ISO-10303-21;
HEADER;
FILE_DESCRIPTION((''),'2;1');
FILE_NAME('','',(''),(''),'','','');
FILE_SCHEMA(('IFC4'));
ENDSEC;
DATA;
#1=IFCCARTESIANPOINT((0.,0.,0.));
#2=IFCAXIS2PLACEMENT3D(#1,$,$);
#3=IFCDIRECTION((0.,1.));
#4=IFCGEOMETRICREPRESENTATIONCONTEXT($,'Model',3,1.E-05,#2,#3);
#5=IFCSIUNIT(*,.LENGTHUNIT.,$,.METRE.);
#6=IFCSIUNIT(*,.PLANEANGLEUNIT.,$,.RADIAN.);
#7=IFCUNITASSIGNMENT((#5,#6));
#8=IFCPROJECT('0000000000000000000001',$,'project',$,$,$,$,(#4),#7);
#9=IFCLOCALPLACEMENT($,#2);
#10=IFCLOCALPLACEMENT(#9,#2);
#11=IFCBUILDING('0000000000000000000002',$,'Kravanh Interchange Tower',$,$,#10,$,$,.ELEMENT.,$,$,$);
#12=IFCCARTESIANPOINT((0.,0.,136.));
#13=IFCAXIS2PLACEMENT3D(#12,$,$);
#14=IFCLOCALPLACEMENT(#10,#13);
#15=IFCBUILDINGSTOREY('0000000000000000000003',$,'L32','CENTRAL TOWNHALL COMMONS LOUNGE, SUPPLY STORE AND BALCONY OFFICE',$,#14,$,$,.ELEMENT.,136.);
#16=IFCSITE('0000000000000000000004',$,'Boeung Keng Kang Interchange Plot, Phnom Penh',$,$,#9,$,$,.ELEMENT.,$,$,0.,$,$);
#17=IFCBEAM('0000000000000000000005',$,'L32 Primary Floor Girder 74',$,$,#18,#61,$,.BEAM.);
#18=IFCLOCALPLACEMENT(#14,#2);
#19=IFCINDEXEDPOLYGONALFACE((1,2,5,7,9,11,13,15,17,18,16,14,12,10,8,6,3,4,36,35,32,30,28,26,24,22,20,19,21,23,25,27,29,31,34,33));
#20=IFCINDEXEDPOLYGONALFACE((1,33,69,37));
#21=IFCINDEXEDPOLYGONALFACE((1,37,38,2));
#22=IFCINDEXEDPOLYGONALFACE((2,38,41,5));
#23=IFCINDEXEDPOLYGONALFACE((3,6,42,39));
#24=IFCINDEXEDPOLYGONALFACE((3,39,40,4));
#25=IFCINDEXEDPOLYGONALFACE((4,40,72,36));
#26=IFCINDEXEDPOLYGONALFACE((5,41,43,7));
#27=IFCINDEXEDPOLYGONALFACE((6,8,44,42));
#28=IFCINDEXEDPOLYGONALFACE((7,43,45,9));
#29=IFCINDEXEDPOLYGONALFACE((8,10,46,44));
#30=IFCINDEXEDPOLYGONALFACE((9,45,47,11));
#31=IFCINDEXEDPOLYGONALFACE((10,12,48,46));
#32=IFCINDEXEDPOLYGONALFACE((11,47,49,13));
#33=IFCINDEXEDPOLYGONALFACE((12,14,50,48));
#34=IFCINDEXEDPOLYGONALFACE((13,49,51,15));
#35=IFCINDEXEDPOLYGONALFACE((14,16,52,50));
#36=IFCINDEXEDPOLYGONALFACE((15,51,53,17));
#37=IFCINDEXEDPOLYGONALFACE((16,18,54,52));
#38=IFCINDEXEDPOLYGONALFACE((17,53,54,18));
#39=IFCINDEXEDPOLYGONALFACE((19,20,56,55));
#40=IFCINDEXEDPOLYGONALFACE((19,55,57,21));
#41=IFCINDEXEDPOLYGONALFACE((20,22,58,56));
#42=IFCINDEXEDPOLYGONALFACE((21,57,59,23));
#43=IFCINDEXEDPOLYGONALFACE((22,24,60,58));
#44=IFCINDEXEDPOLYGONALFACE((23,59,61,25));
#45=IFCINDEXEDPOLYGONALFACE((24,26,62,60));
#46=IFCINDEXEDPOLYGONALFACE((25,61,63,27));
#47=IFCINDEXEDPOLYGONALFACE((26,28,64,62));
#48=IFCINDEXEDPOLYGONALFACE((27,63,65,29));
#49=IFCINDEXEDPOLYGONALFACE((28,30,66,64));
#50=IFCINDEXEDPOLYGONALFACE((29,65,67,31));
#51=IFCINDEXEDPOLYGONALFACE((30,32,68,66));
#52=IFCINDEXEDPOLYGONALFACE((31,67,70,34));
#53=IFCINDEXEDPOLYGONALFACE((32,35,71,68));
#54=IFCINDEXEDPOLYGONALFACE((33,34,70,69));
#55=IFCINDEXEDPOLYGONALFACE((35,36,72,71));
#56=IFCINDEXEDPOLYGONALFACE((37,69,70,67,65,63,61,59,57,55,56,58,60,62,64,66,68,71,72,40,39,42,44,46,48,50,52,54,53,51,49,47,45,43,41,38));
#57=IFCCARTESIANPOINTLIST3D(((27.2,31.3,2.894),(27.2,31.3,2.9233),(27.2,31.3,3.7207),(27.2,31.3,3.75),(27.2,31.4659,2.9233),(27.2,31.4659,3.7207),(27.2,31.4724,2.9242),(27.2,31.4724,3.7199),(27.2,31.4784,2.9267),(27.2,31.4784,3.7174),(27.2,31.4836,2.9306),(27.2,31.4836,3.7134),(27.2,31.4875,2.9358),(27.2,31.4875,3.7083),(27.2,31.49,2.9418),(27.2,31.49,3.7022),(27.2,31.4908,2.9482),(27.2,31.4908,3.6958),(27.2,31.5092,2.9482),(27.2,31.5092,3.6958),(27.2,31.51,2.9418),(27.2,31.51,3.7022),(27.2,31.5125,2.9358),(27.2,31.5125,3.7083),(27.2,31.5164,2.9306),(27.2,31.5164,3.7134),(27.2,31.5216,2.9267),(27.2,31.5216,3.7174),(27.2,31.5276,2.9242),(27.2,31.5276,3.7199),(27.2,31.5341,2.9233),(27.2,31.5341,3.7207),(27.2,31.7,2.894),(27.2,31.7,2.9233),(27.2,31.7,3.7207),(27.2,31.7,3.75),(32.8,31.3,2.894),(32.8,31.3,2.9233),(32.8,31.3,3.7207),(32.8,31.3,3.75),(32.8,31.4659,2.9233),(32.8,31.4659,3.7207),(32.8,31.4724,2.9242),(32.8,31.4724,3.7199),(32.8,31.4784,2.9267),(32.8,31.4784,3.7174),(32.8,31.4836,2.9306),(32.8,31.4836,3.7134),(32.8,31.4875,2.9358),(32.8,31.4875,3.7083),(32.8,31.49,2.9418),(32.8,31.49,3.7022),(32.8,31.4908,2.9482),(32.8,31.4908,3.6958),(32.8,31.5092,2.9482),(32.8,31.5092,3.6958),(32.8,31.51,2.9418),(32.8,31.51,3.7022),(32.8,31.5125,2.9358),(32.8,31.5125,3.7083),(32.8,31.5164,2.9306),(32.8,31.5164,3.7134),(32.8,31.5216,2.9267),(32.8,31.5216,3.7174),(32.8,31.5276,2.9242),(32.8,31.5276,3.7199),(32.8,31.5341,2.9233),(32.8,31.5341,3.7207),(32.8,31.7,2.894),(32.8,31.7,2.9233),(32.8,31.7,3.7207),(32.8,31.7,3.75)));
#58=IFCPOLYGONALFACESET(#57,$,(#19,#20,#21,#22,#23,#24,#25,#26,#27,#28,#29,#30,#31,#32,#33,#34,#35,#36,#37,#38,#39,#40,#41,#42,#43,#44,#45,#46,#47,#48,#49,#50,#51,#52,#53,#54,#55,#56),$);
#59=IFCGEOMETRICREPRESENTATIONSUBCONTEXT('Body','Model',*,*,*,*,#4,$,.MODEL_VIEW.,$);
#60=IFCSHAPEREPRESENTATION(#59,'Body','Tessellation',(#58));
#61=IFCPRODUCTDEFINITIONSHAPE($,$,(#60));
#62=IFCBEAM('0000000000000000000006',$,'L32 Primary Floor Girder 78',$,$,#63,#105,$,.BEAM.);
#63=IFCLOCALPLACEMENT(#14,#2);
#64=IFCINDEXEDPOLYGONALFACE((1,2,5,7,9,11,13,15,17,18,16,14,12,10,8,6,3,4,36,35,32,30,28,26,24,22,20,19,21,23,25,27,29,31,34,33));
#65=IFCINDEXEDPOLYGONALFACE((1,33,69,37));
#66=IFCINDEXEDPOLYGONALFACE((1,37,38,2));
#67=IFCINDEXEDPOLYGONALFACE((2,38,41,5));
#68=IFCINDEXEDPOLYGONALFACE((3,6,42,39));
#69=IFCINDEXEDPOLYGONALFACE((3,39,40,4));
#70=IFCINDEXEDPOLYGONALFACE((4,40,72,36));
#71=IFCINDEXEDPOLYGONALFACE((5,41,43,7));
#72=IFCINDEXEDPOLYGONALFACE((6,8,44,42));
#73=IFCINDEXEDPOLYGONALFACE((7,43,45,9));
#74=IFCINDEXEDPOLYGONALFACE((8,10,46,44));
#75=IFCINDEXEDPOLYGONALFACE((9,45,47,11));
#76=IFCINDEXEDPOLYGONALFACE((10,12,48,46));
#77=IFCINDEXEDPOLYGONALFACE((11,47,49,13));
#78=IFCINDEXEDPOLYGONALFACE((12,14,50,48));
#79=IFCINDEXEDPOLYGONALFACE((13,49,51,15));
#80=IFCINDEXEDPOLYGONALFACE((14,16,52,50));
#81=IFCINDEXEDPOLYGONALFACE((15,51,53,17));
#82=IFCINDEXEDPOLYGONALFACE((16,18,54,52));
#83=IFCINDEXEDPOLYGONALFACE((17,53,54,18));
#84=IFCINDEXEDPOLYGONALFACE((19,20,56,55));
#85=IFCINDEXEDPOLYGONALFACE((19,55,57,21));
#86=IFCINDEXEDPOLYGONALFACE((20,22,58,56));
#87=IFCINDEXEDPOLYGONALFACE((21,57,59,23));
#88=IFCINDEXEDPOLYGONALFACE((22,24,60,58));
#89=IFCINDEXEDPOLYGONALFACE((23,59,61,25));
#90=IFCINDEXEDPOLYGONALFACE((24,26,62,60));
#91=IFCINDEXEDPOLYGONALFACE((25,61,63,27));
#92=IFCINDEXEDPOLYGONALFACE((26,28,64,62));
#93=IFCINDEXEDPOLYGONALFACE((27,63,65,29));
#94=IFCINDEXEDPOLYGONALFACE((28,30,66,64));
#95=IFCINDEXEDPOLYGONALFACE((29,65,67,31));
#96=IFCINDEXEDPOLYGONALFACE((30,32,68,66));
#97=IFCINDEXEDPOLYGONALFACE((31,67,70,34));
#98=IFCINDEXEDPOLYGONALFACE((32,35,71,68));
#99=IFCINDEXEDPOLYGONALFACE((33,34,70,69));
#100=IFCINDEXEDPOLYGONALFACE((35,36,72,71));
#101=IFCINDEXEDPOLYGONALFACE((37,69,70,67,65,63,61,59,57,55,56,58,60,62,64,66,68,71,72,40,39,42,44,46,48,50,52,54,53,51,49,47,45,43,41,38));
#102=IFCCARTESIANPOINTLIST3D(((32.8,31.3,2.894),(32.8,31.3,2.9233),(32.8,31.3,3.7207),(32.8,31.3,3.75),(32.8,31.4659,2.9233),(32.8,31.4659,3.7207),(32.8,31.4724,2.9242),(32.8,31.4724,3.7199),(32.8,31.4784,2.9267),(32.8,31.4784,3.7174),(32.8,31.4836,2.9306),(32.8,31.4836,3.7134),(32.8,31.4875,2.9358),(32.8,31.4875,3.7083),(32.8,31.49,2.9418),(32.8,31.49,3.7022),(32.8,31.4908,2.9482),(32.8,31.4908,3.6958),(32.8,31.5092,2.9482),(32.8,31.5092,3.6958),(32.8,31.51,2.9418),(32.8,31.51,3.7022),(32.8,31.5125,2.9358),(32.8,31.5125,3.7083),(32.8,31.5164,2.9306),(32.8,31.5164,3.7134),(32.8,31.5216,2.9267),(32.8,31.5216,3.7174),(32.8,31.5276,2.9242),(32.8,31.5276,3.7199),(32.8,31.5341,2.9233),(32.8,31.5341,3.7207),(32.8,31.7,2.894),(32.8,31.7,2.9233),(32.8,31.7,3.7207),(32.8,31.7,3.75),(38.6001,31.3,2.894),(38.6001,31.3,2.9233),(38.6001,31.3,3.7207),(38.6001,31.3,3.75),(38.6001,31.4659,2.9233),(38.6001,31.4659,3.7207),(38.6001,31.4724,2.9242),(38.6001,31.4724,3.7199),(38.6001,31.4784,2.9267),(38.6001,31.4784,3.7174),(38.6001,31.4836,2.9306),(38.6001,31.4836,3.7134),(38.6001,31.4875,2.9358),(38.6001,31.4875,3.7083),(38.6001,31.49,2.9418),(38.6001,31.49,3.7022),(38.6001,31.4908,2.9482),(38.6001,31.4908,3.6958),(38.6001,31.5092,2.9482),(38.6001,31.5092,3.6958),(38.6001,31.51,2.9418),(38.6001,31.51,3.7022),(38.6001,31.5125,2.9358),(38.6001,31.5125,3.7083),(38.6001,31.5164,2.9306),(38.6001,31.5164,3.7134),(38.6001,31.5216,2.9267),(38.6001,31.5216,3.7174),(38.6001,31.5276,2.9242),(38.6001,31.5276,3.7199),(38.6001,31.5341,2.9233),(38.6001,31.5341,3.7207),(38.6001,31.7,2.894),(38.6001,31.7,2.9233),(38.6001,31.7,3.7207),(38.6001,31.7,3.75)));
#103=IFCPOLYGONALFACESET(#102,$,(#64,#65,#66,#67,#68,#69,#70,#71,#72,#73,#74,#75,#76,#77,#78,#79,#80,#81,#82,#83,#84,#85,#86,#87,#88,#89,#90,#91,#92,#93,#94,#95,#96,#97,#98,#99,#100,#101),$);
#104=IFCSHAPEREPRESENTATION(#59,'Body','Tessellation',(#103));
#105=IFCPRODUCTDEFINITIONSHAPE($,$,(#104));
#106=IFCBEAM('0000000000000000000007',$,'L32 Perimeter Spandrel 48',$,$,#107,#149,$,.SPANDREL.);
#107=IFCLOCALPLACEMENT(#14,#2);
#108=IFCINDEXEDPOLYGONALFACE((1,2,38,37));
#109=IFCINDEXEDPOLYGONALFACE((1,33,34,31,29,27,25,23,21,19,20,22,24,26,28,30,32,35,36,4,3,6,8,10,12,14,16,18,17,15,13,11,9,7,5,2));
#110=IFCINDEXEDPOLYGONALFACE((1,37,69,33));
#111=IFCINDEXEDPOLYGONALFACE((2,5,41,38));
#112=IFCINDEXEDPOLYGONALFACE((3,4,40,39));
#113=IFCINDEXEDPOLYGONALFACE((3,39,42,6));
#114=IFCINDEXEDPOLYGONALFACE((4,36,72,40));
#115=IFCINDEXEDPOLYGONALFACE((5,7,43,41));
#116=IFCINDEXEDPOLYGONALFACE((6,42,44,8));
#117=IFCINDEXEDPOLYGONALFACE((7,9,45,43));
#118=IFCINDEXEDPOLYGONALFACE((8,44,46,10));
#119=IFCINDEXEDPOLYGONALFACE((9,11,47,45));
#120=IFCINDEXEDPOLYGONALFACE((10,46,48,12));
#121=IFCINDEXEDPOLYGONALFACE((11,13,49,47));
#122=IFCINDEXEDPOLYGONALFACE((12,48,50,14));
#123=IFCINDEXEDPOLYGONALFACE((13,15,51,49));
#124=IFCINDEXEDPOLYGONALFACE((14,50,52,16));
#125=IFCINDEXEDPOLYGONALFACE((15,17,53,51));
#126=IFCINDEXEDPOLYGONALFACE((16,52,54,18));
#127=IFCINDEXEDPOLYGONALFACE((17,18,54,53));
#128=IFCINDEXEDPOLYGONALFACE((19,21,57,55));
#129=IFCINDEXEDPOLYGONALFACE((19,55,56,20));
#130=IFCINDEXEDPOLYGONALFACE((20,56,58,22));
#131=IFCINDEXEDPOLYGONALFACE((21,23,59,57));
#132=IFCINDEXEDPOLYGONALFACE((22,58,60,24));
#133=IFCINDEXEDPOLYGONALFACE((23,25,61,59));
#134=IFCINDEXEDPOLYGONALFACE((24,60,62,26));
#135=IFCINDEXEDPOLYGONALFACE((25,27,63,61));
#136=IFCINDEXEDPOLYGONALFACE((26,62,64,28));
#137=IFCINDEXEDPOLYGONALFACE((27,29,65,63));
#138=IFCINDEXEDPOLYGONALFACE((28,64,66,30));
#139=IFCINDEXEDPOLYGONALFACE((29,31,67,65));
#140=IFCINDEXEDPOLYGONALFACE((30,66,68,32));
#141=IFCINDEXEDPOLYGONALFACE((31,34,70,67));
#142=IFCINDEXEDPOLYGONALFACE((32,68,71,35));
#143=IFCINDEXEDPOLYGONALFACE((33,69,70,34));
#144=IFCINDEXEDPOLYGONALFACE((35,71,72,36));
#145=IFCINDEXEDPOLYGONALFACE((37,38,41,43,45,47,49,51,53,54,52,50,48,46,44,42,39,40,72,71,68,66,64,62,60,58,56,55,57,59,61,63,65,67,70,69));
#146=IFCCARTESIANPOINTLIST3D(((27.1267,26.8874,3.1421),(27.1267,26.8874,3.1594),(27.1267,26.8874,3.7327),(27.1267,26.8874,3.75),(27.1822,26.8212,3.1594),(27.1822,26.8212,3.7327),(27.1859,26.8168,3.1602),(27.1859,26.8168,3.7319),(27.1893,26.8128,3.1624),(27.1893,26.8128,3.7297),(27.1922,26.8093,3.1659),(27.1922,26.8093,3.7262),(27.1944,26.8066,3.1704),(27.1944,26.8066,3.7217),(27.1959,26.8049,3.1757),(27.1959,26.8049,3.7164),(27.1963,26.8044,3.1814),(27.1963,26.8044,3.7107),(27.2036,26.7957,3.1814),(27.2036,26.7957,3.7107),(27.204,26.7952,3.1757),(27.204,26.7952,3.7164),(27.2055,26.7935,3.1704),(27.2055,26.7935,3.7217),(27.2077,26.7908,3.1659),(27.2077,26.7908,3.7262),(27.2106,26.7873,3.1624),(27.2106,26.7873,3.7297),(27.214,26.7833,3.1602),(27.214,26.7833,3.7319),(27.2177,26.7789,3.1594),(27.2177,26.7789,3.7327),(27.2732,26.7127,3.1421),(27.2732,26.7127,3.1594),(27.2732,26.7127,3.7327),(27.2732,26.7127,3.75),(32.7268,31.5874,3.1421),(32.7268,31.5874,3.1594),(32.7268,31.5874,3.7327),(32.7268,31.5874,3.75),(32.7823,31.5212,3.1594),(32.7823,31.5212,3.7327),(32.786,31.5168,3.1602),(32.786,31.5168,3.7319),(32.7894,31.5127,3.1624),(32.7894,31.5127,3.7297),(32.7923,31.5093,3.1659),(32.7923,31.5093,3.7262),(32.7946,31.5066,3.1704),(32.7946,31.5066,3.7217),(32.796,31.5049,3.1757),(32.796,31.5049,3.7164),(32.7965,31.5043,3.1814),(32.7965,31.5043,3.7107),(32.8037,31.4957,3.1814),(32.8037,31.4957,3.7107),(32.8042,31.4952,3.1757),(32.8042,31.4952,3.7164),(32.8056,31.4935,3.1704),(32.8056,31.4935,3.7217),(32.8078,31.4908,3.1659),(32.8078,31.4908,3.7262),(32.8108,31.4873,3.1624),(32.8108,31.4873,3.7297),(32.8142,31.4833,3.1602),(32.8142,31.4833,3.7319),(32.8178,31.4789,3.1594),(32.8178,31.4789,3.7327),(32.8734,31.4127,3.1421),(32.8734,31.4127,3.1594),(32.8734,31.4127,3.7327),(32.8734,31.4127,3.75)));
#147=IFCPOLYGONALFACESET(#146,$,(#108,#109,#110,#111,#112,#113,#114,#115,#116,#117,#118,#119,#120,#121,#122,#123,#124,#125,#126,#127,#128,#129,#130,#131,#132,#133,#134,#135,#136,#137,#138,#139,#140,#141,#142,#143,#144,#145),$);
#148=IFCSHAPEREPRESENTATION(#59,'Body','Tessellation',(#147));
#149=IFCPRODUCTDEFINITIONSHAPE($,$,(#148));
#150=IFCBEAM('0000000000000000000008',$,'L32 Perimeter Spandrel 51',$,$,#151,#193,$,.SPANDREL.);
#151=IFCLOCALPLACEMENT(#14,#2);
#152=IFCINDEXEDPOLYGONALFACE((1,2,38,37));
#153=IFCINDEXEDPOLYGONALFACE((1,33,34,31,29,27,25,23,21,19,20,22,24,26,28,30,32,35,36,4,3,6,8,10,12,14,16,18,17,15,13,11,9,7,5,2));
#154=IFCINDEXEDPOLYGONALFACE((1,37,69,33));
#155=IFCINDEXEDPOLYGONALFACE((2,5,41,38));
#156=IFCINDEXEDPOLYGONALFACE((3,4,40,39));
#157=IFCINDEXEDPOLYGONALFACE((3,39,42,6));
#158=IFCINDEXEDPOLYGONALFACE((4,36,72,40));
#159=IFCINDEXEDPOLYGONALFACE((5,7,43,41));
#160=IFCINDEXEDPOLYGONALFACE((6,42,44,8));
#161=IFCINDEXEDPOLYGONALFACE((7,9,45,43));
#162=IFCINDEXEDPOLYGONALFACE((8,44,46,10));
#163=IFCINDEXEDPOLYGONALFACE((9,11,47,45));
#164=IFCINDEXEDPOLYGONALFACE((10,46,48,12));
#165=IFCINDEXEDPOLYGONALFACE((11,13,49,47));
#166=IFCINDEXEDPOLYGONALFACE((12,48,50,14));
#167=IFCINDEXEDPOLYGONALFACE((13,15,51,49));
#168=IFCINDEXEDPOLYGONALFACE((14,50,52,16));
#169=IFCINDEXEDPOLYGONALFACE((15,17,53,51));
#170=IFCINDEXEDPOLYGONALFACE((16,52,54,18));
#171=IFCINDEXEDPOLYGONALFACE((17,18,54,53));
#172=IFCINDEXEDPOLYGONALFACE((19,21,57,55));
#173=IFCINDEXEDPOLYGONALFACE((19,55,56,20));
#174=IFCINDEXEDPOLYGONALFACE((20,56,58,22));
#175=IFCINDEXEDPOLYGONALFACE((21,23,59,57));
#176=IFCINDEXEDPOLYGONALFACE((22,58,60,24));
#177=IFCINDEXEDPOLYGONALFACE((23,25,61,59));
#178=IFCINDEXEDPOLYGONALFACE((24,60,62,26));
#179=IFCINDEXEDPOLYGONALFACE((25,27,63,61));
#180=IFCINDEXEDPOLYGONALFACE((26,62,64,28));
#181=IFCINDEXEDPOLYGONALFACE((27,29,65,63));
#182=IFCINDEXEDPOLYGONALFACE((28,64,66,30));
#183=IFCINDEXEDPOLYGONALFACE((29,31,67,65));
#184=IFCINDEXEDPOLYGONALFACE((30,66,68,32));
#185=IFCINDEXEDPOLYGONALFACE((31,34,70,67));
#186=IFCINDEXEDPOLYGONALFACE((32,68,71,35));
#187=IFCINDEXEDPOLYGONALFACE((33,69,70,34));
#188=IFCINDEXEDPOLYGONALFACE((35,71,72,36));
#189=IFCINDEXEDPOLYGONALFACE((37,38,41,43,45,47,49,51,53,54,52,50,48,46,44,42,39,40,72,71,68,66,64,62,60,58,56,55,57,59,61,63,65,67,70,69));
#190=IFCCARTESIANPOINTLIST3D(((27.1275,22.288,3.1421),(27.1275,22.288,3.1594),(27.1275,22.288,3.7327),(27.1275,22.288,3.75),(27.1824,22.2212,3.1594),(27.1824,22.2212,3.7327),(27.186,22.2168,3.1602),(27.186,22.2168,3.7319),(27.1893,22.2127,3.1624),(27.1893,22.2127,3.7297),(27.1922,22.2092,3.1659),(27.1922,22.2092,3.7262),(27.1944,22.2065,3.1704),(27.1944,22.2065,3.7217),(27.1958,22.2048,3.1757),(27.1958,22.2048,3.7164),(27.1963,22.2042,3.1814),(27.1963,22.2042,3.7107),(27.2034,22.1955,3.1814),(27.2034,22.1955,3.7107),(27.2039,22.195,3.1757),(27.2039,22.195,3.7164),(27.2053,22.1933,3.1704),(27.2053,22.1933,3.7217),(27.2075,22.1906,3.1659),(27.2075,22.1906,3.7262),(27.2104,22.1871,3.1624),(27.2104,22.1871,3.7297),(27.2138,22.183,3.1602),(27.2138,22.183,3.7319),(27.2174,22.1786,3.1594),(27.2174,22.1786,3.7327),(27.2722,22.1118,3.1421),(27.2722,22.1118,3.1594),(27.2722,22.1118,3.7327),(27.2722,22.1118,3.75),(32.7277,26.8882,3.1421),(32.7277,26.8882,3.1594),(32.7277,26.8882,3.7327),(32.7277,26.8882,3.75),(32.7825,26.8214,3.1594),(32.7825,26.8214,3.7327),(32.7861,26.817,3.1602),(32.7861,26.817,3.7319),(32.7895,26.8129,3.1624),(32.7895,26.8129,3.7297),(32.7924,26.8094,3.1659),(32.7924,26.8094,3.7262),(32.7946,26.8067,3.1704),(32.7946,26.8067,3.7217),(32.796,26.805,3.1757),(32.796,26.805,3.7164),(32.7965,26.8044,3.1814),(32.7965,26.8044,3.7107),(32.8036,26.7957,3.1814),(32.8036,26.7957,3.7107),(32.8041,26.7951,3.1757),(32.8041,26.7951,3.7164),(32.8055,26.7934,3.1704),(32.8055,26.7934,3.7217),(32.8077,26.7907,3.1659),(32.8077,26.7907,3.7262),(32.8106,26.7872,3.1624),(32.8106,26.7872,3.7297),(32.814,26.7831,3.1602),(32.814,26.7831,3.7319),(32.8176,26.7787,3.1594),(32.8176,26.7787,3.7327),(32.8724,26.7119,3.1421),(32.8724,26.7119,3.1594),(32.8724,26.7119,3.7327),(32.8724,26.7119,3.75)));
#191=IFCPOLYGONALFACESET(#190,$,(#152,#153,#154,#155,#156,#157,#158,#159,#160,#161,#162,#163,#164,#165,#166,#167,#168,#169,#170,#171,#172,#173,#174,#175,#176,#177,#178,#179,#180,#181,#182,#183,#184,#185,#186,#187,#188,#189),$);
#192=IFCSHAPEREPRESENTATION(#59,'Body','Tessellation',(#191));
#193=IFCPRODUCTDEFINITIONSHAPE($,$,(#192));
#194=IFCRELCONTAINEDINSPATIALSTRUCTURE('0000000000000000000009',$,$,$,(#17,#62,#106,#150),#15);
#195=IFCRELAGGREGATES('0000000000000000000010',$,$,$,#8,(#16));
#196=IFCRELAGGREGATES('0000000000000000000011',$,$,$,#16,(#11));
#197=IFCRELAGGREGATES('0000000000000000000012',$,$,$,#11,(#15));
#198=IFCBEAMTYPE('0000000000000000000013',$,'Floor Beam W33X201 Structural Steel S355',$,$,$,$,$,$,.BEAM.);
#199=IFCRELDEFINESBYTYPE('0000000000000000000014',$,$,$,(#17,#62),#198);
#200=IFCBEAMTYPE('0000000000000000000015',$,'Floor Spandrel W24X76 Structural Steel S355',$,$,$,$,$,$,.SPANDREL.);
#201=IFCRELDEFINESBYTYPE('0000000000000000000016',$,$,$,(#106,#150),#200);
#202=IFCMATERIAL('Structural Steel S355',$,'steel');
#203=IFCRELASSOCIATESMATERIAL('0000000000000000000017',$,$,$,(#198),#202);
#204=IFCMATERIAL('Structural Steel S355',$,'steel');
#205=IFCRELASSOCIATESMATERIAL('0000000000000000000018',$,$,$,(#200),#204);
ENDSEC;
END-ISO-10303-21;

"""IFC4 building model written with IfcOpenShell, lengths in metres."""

from ifc_helpers import new_model, si_unit, direction, frame, origin, origin_2d, place, context, subcontext, project, spatial, i_section, extrude, material, material_profile, profile_set, type_object, element, save


model = new_model("IFC4")

# Units and contexts
model_context = context("Model", 3, precision=1e-05, world=origin(), true_north=direction((0.0, 1.0)))
body_context = subcontext(model_context, "Body", "Model", "MODEL_VIEW")
ifc_project = project(units=[si_unit("LENGTHUNIT", "METRE"), si_unit("PLANEANGLEUNIT", "RADIAN")], contexts=[model_context])

# Site, building, storey
site_placement = place(None, origin())
site = spatial("IfcSite", under=ifc_project, at=site_placement, Name="Boeung Keng Kang Interchange Plot, Phnom Penh", CompositionType="ELEMENT", RefElevation=0.0)
building_placement = place(site_placement, origin())
building = spatial("IfcBuilding", under=site, at=building_placement, Name="Kravanh Interchange Tower", CompositionType="ELEMENT")
storey_placement = place(building_placement, frame((0.0, 0.0, 136.0)))
storey = spatial("IfcBuildingStorey", under=building, at=storey_placement, Name="L32", Description="CENTRAL TOWNHALL COMMONS LOUNGE, SUPPLY STORE AND BALCONY OFFICE", CompositionType="ELEMENT", Elevation=136.0)

# Beams
ifc_material_1 = material(Name="Structural Steel S355", Category="steel")
ifc_material_profile_1 = material_profile(ifc_material_1, i_section(OverallWidth=0.3999, OverallDepth=0.856, WebThickness=0.0183, FlangeThickness=0.0293, FilletRadius=0.0249, at=origin_2d()), Name="W33X201")
ifc_profile_set_1 = profile_set([ifc_material_profile_1], Name="Structural Steel S355")
beam_type_1 = type_object("IfcBeamType", Name="Floor Beam W33X201 Structural Steel S355", PredefinedType="BEAM", material=ifc_profile_set_1)
beam_1_placement = place(storey_placement, frame((27.2, 31.5, 3.322), z_axis=(1.0, 0.0, 0.0), x_axis=(0.0, 1.0, 0.0)))
element("IfcBeam", 1, at=beam_1_placement, inside=storey, type_object=beam_type_1, Name="L32 Primary Floor Girder 74", PredefinedType="BEAM", context=body_context, shape_type="SweptSolid", body=[
    extrude(i_section(OverallWidth=0.3999, OverallDepth=0.856, WebThickness=0.0183, FlangeThickness=0.0293, FilletRadius=0.0249, at=origin_2d()), origin(), (0.0, 0.0, 1.0), 5.6001),
])
beam_2_placement = place(storey_placement, frame((32.8, 31.5, 3.322), z_axis=(1.0, 0.0, 0.0), x_axis=(0.0, 1.0, 0.0)))
element("IfcBeam", 2, at=beam_2_placement, inside=storey, type_object=beam_type_1, Name="L32 Primary Floor Girder 78", PredefinedType="BEAM", context=body_context, shape_type="SweptSolid", body=[
    extrude(i_section(OverallWidth=0.3999, OverallDepth=0.856, WebThickness=0.0183, FlangeThickness=0.0293, FilletRadius=0.0249, at=origin_2d()), origin(), (0.0, 0.0, 1.0), 5.8),
])
ifc_material_2 = material(Name="Structural Steel S355", Category="steel")
ifc_material_profile_2 = material_profile(ifc_material_2, i_section(OverallWidth=0.228, OverallDepth=0.6079, WebThickness=0.0112, FlangeThickness=0.0173, FilletRadius=0.022, at=origin_2d()), Name="W24X76")
ifc_profile_set_2 = profile_set([ifc_material_profile_2], Name="Structural Steel S355")
beam_type_2 = type_object("IfcBeamType", Name="Floor Spandrel W24X76 Structural Steel S355", PredefinedType="SPANDREL", material=ifc_profile_set_2)
beam_3_placement = place(storey_placement, frame((27.2, 26.8, 3.446), z_axis=(0.765983, 0.642861, 0.0), x_axis=(-0.642861, 0.765983, 0.0)))
element("IfcBeam", 3, at=beam_3_placement, inside=storey, type_object=beam_type_2, Name="L32 Perimeter Spandrel 48", PredefinedType="SPANDREL", context=body_context, shape_type="SweptSolid", body=[
    extrude(i_section(OverallWidth=0.228, OverallDepth=0.6079, WebThickness=0.0112, FlangeThickness=0.0173, FilletRadius=0.022, at=origin_2d()), origin(), (0.0, 0.0, 1.0), 7.311),
])
beam_4_placement = place(storey_placement, frame((32.8, 26.8, 3.446), z_axis=(-0.772725, -0.634741, 0.0), x_axis=(0.634741, -0.772725, 0.0)))
element("IfcBeam", 4, at=beam_4_placement, inside=storey, type_object=beam_type_2, Name="L32 Perimeter Spandrel 51", PredefinedType="SPANDREL", context=body_context, shape_type="SweptSolid", body=[
    extrude(i_section(OverallWidth=0.228, OverallDepth=0.6079, WebThickness=0.0112, FlangeThickness=0.0173, FilletRadius=0.022, at=origin_2d()), origin(), (0.0, 0.0, 1.0), 7.2473),
])

save(model, "model.ifc")
